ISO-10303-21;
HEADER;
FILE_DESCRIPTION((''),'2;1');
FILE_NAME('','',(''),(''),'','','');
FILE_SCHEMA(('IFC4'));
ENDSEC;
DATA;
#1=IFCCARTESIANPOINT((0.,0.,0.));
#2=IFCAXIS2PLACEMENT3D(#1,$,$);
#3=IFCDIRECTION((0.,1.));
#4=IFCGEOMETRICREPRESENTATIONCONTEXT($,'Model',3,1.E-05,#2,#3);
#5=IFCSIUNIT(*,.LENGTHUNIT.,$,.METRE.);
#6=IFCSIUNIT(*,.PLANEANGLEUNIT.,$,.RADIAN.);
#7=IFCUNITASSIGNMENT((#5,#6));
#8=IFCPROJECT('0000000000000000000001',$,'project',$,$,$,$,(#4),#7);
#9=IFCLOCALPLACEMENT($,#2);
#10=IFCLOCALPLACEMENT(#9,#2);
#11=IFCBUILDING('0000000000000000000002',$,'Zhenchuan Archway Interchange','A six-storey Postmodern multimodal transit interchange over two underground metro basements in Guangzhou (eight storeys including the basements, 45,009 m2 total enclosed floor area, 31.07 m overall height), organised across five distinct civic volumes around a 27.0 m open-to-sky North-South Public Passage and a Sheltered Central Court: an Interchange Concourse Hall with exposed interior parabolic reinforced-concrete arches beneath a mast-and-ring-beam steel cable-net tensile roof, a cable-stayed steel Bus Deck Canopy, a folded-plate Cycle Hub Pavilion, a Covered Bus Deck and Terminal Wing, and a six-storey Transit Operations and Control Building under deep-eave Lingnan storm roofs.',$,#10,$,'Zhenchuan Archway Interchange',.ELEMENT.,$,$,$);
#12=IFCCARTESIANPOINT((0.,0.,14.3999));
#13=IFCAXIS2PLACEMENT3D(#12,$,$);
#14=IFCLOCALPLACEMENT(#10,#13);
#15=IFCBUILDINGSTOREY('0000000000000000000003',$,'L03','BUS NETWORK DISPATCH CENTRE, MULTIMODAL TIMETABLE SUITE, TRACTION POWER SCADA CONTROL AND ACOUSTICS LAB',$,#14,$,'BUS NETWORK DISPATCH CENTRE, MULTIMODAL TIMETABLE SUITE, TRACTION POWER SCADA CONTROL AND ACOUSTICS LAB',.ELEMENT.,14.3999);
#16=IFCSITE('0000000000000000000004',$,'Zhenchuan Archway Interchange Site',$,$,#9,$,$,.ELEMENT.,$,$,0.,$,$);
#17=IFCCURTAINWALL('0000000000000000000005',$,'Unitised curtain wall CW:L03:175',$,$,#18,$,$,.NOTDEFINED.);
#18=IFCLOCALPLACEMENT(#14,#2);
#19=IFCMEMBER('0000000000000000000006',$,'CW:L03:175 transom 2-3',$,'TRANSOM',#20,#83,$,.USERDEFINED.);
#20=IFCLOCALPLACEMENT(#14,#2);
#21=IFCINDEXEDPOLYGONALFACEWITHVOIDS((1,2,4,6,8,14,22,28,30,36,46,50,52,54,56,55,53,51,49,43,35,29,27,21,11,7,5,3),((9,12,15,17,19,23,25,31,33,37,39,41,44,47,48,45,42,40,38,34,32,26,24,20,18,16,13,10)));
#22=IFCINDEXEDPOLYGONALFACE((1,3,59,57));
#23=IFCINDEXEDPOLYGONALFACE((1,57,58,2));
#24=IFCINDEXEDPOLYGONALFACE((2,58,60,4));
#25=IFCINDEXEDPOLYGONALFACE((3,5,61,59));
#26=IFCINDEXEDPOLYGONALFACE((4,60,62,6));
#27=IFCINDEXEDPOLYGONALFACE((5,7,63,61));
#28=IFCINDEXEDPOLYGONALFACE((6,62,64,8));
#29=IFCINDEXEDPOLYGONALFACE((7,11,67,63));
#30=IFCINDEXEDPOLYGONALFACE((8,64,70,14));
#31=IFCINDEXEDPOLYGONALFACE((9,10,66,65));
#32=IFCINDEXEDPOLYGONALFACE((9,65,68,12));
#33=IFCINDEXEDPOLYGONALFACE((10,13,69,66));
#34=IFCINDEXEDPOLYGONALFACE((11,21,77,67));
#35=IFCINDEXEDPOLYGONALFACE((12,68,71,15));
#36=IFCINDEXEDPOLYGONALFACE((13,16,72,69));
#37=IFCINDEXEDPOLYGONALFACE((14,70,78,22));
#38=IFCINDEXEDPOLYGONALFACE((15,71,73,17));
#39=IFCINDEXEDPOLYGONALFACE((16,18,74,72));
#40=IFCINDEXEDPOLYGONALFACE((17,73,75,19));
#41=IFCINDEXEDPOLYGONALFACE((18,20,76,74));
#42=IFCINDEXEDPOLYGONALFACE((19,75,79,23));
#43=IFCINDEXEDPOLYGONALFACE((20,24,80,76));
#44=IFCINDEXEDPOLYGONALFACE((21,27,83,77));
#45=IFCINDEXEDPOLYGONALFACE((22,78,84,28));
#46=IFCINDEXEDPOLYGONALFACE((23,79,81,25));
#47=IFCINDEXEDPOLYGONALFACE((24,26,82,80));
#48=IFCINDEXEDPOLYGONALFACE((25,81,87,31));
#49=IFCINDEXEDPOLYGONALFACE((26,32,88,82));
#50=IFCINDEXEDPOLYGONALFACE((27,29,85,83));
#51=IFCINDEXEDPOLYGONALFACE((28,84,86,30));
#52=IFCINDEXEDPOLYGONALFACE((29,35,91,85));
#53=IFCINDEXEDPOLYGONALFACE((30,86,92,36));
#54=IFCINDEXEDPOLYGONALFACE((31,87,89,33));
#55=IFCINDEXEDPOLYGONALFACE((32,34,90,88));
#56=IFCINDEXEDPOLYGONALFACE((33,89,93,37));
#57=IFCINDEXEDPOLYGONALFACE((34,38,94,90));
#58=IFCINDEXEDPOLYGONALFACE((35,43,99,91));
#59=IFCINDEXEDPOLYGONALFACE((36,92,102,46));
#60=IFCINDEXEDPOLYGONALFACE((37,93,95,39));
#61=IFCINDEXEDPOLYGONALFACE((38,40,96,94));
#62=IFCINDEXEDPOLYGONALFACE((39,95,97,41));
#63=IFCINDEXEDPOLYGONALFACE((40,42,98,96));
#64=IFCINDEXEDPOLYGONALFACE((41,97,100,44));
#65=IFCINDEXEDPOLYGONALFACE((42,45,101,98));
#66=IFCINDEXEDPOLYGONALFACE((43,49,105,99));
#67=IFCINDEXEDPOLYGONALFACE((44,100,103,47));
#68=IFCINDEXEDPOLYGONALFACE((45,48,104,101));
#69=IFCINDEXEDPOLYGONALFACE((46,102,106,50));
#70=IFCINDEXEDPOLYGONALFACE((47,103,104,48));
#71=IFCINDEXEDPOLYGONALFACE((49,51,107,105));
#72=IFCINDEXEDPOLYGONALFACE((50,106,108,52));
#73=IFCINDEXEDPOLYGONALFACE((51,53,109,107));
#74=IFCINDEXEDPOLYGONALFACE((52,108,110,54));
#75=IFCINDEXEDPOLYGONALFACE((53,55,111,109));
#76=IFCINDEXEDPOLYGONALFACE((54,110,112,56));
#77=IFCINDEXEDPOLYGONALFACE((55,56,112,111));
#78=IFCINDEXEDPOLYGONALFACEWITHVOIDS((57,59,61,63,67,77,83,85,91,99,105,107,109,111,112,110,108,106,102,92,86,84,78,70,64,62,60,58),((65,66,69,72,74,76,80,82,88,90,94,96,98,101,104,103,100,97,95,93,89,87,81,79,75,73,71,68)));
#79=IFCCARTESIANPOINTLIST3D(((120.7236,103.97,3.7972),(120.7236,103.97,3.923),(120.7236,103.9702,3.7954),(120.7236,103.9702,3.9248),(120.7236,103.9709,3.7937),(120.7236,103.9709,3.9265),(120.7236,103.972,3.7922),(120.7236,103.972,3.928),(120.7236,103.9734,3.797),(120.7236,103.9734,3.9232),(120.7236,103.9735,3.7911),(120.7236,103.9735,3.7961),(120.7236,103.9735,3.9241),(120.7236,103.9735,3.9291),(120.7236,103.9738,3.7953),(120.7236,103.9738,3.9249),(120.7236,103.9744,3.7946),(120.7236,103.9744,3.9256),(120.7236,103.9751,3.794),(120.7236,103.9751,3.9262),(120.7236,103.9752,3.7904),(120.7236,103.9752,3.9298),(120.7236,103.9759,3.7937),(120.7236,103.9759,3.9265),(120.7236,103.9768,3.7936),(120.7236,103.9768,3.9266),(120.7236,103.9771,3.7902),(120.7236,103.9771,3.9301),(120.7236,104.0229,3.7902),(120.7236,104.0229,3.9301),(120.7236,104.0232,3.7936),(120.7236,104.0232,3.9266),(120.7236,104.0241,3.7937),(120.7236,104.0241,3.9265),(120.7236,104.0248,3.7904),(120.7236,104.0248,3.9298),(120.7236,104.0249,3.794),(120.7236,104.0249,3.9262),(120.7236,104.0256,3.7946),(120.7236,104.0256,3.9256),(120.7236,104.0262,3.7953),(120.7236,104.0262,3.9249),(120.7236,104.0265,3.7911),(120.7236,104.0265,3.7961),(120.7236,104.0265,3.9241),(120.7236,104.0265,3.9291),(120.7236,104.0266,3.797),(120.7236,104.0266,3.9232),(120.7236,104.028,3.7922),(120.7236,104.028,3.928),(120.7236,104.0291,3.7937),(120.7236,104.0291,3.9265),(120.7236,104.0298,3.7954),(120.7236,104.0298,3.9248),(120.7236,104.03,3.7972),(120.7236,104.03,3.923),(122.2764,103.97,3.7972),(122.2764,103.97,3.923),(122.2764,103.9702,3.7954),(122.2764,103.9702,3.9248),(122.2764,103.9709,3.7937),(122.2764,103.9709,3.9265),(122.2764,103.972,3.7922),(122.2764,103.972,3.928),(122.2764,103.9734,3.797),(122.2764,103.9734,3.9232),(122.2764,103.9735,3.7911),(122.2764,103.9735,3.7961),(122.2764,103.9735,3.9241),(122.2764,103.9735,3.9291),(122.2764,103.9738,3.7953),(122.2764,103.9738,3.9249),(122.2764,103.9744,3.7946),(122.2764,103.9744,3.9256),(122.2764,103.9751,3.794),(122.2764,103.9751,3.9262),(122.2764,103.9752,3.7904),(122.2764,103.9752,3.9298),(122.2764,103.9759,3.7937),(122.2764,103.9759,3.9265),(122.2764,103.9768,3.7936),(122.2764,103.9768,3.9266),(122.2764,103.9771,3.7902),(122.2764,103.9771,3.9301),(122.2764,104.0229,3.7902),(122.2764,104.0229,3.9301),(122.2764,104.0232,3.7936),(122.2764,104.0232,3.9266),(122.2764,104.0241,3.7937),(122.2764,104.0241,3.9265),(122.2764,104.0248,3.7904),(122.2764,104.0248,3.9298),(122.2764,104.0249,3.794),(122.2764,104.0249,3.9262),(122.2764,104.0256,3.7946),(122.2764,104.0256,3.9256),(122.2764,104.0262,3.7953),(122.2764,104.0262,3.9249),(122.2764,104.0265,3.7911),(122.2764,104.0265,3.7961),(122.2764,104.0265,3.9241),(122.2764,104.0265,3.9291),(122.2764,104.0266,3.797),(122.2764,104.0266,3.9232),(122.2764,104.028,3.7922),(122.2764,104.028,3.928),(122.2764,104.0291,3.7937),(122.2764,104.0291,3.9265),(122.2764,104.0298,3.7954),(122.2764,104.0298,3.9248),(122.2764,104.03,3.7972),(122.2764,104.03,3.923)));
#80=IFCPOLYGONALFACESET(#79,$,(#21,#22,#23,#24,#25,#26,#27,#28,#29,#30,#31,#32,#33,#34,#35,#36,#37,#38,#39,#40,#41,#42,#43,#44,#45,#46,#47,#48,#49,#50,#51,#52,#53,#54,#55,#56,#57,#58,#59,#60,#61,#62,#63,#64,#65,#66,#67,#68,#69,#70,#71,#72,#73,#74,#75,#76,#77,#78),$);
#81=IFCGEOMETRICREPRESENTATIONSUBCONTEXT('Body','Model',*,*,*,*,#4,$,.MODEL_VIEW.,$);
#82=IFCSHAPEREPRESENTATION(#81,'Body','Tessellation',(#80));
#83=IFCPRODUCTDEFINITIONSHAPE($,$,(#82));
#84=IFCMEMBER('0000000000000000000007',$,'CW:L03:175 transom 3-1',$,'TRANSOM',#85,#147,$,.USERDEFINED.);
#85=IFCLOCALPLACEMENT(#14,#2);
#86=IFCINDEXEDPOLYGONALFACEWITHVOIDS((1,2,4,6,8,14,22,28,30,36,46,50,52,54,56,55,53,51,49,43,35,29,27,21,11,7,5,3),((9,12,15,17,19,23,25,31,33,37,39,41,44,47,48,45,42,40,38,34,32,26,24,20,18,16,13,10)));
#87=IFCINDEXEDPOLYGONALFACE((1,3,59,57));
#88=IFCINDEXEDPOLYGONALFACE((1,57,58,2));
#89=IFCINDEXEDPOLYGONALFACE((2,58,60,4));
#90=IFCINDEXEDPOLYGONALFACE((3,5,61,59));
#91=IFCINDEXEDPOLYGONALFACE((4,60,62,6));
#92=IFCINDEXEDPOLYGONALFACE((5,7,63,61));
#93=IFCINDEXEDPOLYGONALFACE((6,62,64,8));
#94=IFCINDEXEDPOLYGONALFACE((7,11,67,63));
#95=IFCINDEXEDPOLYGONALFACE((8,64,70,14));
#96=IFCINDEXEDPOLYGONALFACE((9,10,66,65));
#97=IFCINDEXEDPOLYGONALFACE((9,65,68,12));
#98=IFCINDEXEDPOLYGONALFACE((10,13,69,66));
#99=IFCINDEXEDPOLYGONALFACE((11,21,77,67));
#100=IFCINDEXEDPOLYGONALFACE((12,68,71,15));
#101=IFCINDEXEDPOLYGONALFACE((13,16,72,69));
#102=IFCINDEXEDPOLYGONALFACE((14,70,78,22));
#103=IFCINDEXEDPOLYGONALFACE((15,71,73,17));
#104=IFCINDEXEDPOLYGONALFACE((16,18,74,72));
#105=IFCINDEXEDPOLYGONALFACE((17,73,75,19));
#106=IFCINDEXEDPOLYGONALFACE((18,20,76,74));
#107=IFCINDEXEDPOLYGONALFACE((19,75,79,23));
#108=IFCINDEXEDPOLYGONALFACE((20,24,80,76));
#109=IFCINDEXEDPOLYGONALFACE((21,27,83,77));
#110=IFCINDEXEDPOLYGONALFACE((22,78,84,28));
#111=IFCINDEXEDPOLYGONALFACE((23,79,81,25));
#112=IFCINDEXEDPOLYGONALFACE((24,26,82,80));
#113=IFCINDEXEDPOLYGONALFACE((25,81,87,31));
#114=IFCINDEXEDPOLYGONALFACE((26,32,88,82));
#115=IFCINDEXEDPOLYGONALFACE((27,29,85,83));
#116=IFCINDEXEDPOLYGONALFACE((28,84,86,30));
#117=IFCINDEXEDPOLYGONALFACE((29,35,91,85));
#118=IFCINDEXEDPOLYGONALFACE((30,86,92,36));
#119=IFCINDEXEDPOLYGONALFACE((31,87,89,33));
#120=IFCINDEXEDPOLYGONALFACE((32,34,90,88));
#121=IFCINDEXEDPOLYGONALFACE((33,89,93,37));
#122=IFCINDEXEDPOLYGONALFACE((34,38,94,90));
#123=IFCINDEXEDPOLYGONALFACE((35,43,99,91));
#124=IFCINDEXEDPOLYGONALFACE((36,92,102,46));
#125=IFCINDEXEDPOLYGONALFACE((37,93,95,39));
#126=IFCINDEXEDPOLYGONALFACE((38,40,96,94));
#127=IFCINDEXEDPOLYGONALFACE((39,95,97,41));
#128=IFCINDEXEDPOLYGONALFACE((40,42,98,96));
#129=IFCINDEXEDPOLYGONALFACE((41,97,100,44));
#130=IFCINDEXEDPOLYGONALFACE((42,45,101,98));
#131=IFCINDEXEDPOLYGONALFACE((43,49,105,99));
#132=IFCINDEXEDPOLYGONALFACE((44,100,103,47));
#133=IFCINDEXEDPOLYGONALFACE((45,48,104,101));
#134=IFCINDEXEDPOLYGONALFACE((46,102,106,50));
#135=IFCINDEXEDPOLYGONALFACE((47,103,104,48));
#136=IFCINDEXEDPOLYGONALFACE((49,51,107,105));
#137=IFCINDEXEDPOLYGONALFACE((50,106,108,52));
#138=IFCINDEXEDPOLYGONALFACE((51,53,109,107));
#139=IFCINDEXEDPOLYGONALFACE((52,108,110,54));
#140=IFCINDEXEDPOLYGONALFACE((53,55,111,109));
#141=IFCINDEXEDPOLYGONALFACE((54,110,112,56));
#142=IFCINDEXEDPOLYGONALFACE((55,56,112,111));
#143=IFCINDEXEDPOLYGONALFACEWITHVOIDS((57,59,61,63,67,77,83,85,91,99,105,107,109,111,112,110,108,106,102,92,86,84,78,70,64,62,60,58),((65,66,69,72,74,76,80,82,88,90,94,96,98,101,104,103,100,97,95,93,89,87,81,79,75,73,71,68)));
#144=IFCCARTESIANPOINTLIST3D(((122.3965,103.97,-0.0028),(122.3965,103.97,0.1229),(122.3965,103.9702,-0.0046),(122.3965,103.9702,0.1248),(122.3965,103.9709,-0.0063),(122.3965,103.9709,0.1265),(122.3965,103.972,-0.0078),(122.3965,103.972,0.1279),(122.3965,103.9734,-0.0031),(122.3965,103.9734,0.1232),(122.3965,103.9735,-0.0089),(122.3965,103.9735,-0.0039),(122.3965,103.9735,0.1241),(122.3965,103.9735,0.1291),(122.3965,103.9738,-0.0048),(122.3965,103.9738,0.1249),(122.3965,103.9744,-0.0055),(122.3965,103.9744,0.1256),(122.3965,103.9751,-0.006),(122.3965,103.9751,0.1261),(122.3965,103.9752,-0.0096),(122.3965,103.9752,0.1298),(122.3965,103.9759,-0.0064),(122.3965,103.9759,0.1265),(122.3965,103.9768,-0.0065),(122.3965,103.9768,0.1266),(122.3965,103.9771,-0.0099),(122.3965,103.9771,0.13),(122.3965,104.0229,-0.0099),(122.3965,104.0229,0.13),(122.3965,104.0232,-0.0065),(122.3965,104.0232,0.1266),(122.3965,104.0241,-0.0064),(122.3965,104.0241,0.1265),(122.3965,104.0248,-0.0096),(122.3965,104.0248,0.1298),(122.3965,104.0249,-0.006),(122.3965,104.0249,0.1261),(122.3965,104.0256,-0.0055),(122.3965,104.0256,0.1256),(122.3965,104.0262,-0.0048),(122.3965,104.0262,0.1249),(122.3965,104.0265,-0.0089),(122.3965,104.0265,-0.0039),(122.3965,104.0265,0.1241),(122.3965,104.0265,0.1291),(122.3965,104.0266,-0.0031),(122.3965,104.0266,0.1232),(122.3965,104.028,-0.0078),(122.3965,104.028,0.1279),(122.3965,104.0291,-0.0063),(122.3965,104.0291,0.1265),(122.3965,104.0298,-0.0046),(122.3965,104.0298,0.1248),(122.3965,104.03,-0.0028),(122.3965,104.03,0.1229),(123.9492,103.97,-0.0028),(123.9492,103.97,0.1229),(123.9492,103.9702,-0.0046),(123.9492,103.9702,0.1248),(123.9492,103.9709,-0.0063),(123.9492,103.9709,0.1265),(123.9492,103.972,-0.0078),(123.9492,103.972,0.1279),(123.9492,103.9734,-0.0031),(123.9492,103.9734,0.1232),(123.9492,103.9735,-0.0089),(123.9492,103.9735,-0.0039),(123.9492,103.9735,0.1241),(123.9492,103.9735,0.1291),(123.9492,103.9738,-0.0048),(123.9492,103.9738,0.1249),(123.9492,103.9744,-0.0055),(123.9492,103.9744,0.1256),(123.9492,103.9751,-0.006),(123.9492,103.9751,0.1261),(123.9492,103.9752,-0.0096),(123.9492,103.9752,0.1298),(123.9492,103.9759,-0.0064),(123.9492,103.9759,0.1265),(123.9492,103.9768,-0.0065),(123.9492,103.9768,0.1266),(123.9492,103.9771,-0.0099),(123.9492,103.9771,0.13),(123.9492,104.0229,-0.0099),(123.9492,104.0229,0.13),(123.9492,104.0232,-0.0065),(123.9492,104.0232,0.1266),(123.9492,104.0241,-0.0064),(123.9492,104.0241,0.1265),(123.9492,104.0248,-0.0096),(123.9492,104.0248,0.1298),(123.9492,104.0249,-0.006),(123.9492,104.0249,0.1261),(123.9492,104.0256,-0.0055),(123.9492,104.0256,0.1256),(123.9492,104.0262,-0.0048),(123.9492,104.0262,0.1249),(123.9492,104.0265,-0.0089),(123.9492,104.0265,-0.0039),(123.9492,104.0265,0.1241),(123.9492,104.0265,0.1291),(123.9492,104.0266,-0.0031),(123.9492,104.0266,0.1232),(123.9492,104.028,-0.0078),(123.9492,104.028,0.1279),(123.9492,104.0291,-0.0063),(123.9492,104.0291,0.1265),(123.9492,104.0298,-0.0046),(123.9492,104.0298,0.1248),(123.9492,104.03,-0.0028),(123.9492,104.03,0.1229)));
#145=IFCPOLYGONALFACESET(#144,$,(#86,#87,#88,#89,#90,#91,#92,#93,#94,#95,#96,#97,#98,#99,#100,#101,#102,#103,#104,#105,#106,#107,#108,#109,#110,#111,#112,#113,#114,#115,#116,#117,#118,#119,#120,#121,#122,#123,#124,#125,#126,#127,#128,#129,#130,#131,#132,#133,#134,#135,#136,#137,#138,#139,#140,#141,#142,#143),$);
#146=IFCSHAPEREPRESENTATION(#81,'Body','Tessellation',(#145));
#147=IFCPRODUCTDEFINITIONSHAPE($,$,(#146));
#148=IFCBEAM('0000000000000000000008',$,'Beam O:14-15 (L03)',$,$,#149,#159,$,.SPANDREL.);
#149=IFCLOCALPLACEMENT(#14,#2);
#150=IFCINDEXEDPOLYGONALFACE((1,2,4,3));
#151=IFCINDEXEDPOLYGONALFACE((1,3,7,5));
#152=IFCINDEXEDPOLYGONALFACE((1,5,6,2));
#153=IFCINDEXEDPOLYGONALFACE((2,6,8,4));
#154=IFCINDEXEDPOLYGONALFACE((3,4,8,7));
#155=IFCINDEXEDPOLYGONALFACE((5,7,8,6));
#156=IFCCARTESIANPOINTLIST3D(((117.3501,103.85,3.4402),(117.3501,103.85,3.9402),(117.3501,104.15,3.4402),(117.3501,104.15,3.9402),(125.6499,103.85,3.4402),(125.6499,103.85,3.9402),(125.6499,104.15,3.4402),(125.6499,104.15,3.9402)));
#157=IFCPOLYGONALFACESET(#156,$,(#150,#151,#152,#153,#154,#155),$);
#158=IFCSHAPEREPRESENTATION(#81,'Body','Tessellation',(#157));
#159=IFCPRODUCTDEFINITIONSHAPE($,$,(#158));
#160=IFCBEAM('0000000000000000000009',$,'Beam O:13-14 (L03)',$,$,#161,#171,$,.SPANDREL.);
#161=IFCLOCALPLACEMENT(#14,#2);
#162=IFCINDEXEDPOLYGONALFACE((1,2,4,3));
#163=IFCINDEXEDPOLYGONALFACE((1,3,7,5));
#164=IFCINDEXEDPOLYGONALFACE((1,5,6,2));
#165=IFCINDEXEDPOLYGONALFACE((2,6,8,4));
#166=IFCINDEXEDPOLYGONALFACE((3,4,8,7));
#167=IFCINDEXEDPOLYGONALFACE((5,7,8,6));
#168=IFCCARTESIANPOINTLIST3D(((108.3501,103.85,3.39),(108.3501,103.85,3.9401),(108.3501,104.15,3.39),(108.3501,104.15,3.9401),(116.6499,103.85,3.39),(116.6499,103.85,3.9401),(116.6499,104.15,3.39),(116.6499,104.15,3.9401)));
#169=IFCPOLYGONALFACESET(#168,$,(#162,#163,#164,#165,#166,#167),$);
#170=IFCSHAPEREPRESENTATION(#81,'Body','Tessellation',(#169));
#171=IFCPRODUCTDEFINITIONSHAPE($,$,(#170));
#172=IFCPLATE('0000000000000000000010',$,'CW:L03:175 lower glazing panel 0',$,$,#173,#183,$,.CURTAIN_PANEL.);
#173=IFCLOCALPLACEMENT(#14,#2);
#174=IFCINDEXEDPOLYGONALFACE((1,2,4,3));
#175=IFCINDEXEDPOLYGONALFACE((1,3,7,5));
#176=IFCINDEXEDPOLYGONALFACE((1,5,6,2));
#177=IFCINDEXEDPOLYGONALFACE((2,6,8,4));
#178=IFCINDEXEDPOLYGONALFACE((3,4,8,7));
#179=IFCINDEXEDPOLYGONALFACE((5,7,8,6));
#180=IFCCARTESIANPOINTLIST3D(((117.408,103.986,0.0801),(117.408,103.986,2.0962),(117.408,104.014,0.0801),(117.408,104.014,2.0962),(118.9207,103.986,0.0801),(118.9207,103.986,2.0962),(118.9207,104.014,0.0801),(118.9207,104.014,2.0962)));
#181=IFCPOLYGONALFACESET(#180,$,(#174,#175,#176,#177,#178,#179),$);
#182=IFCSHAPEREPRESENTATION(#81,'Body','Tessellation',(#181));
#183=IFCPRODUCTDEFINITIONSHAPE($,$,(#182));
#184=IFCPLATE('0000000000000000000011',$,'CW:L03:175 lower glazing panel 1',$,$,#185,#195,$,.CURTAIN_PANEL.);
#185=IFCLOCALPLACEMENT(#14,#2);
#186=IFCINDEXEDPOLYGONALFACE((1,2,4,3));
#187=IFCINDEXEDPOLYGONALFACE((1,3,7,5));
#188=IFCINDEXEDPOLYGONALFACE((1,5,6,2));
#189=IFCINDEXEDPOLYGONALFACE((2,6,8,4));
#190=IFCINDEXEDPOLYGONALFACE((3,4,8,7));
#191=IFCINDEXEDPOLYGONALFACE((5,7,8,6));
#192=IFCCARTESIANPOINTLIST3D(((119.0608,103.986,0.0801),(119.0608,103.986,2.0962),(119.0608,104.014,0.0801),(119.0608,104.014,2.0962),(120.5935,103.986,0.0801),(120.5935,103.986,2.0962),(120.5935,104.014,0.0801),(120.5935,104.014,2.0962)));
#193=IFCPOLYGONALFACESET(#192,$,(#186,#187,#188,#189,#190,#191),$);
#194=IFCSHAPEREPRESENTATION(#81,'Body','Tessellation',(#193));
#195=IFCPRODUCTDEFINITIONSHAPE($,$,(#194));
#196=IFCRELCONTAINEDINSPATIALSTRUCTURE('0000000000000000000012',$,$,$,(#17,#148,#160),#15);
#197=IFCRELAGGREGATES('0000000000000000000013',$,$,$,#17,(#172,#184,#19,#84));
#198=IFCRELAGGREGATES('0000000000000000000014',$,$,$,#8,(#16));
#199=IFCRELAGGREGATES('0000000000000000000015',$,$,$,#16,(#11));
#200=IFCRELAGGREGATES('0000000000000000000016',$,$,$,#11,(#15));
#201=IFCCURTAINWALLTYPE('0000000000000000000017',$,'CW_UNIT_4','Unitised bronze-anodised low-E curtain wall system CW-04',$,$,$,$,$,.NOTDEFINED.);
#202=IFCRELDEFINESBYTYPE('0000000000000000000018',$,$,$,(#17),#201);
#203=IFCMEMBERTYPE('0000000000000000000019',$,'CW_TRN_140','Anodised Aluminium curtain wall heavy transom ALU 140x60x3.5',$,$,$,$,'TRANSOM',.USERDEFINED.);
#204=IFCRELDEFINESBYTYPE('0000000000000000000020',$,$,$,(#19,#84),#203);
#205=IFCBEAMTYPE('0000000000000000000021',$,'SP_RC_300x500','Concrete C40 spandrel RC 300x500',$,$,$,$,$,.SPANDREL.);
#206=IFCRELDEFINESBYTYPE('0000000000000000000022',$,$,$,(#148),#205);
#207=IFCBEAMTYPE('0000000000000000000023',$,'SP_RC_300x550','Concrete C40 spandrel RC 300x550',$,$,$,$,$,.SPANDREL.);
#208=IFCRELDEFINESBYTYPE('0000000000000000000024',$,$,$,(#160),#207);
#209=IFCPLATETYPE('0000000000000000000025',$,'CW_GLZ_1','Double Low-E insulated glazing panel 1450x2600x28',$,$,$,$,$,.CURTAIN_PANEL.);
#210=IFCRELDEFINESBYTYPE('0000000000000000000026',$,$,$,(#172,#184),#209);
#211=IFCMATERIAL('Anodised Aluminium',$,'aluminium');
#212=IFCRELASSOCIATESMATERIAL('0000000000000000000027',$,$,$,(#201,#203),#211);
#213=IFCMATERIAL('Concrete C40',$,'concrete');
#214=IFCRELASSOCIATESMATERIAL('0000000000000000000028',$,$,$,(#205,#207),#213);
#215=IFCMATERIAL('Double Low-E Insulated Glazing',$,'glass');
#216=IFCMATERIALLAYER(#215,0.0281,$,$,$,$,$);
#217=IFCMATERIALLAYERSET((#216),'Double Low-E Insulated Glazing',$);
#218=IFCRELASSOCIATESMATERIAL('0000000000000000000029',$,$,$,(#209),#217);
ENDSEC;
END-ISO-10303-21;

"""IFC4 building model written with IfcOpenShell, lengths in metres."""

from ifc_helpers import new_model, si_unit, direction, frame, origin, origin_2d, place, context, subcontext, project, spatial, rectangle, hollow_rectangle, extrude, material, layer, layer_set, material_profile, profile_set, type_object, element, aggregate, save


model = new_model("IFC4")

# Units and contexts
model_context = context("Model", 3, precision=1e-05, world=origin(), true_north=direction((0.0, 1.0)))
body_context = subcontext(model_context, "Body", "Model", "MODEL_VIEW")
ifc_project = project(units=[si_unit("LENGTHUNIT", "METRE"), si_unit("PLANEANGLEUNIT", "RADIAN")], contexts=[model_context])

# Site, building, storey
site_placement = place(None, origin())
site = spatial("IfcSite", under=ifc_project, at=site_placement, Name="Zhenchuan Archway Interchange Site", CompositionType="ELEMENT", RefElevation=0.0)
building_placement = place(site_placement, origin())
building = spatial("IfcBuilding", under=site, at=building_placement, Name="Zhenchuan Archway Interchange", Description="A six-storey Postmodern multimodal transit interchange over two underground metro basements in Guangzhou (eight storeys including the basements, 45,009 m2 total enclosed floor area, 31.07 m overall height), organised across five distinct civic volumes around a 27.0 m open-to-sky North-South Public Passage and a Sheltered Central Court: an Interchange Concourse Hall with exposed interior parabolic reinforced-concrete arches beneath a mast-and-ring-beam steel cable-net tensile roof, a cable-stayed steel Bus Deck Canopy, a folded-plate Cycle Hub Pavilion, a Covered Bus Deck and Terminal Wing, and a six-storey Transit Operations and Control Building under deep-eave Lingnan storm roofs.", LongName="Zhenchuan Archway Interchange", CompositionType="ELEMENT")
storey_placement = place(building_placement, frame((0.0, 0.0, 14.3999)))
storey = spatial("IfcBuildingStorey", under=building, at=storey_placement, Name="L03", Description="BUS NETWORK DISPATCH CENTRE, MULTIMODAL TIMETABLE SUITE, TRACTION POWER SCADA CONTROL AND ACOUSTICS LAB", LongName="BUS NETWORK DISPATCH CENTRE, MULTIMODAL TIMETABLE SUITE, TRACTION POWER SCADA CONTROL AND ACOUSTICS LAB", CompositionType="ELEMENT", Elevation=14.3999)

# Shared definitions
ifc_material_1 = material(Name="Concrete C40", Category="concrete")

# Shared definitions
ifc_material_2 = material(Name="Anodised Aluminium", Category="aluminium")

# Curtain wall
curtain_wall_type_1 = type_object("IfcCurtainWallType", Name="CW_UNIT_4", Description="Unitised bronze-anodised low-E curtain wall system CW-04", PredefinedType="NOTDEFINED", material=ifc_material_2)
curtain_wall_1_placement = place(storey_placement, origin())
curtain_wall_1 = element("IfcCurtainWall", 1, at=curtain_wall_1_placement, inside=storey, type_object=curtain_wall_type_1, Name="Unitised curtain wall CW:L03:175", PredefinedType="NOTDEFINED")

# Members
ifc_material_profile_1 = material_profile(ifc_material_2, hollow_rectangle(XDim=0.0601, YDim=0.1399, WallThickness=0.0034, InnerFilletRadius=0.0034, OuterFilletRadius=0.0071, at=origin_2d()), Name="ALU 140x60x3.5")
ifc_profile_set_1 = profile_set([ifc_material_profile_1], Name="Anodised Aluminium")
member_type_1 = type_object("IfcMemberType", Name="CW_TRN_140", Description="Anodised Aluminium curtain wall heavy transom ALU 140x60x3.5", ElementType="TRANSOM", PredefinedType="USERDEFINED", material=ifc_profile_set_1)
member_1_placement = place(storey_placement, frame((120.7236, 104.0, 3.8601), z_axis=(1.0, 0.0, 0.0), x_axis=(0.0, 1.0, 0.0)))
member_1 = element("IfcMember", 2, at=member_1_placement, type_object=member_type_1, Name="CW:L03:175 transom 2-3", ObjectType="TRANSOM", PredefinedType="USERDEFINED", context=body_context, shape_type="SweptSolid", body=[
    extrude(hollow_rectangle(XDim=0.0601, YDim=0.1399, WallThickness=0.0034, InnerFilletRadius=0.0034, OuterFilletRadius=0.0071, at=origin_2d()), origin(), (0.0, 0.0, 1.0), 1.5527),
])
member_2_placement = place(storey_placement, frame((122.3965, 104.0, 0.0601), z_axis=(1.0, 0.0, 0.0), x_axis=(0.0, 1.0, 0.0)))
member_2 = element("IfcMember", 3, at=member_2_placement, type_object=member_type_1, Name="CW:L03:175 transom 3-1", ObjectType="TRANSOM", PredefinedType="USERDEFINED", context=body_context, shape_type="SweptSolid", body=[
    extrude(hollow_rectangle(XDim=0.0601, YDim=0.1399, WallThickness=0.0034, InnerFilletRadius=0.0034, OuterFilletRadius=0.0071, at=origin_2d()), origin(), (0.0, 0.0, 1.0), 1.5527),
])

# Beams
ifc_material_profile_2 = material_profile(ifc_material_1, rectangle(XDim=0.3, YDim=0.5, at=origin_2d()), Name="RC 300x500")
ifc_profile_set_2 = profile_set([ifc_material_profile_2], Name="Concrete C40")
beam_type_1 = type_object("IfcBeamType", Name="SP_RC_300x500", Description="Concrete C40 spandrel RC 300x500", PredefinedType="SPANDREL", material=ifc_profile_set_2)
beam_1_placement = place(storey_placement, frame((117.3501, 104.0, 3.6902), z_axis=(1.0, 0.0, 0.0), x_axis=(0.0, 1.0, 0.0)))
element("IfcBeam", 4, at=beam_1_placement, inside=storey, type_object=beam_type_1, Name="Beam O:14-15 (L03)", PredefinedType="SPANDREL", context=body_context, shape_type="SweptSolid", body=[
    extrude(rectangle(XDim=0.3, YDim=0.5, at=origin_2d()), origin(), (0.0, 0.0, 1.0), 8.2998),
])
ifc_material_profile_3 = material_profile(ifc_material_1, rectangle(XDim=0.3, YDim=0.55, at=origin_2d()), Name="RC 300x550")
ifc_profile_set_3 = profile_set([ifc_material_profile_3], Name="Concrete C40")
beam_type_2 = type_object("IfcBeamType", Name="SP_RC_300x550", Description="Concrete C40 spandrel RC 300x550", PredefinedType="SPANDREL", material=ifc_profile_set_3)
beam_2_placement = place(storey_placement, frame((108.3501, 104.0, 3.665), z_axis=(1.0, 0.0, 0.0), x_axis=(0.0, 1.0, 0.0)))
element("IfcBeam", 5, at=beam_2_placement, inside=storey, type_object=beam_type_2, Name="Beam O:13-14 (L03)", PredefinedType="SPANDREL", context=body_context, shape_type="SweptSolid", body=[
    extrude(rectangle(XDim=0.3, YDim=0.55, at=origin_2d()), origin(), (0.0, 0.0, 1.0), 8.2998),
])

# Plates
ifc_material_3 = material(Name="Double Low-E Insulated Glazing", Category="glass")
ifc_layer_1 = layer(ifc_material_3, 0.0281)
ifc_layer_set_1 = layer_set([ifc_layer_1], Name="Double Low-E Insulated Glazing")
plate_type_1 = type_object("IfcPlateType", Name="CW_GLZ_1", Description="Double Low-E insulated glazing panel 1450x2600x28", PredefinedType="CURTAIN_PANEL", material=ifc_layer_set_1)
plate_1_placement = place(storey_placement, frame((118.1643, 104.0, 0.0801), z_axis=(0.0, 0.0, 1.0), x_axis=(1.0, 0.0, 0.0)))
plate_1 = element("IfcPlate", 6, at=plate_1_placement, type_object=plate_type_1, Name="CW:L03:175 lower glazing panel 0", PredefinedType="CURTAIN_PANEL", context=body_context, shape_type="SweptSolid", body=[
    extrude(rectangle(XDim=1.5127, YDim=0.0281, at=origin_2d()), origin(), (0.0, 0.0, 1.0), 2.0161),
])
plate_2_placement = place(storey_placement, frame((119.8271, 104.0, 0.0801), z_axis=(0.0, 0.0, 1.0), x_axis=(1.0, 0.0, 0.0)))
plate_2 = element("IfcPlate", 7, at=plate_2_placement, type_object=plate_type_1, Name="CW:L03:175 lower glazing panel 1", PredefinedType="CURTAIN_PANEL", context=body_context, shape_type="SweptSolid", body=[
    extrude(rectangle(XDim=1.5327, YDim=0.0281, at=origin_2d()), origin(), (0.0, 0.0, 1.0), 2.0161),
])
aggregate(curtain_wall_1, [plate_1, plate_2, member_1, member_2])

save(model, "model.ifc")
